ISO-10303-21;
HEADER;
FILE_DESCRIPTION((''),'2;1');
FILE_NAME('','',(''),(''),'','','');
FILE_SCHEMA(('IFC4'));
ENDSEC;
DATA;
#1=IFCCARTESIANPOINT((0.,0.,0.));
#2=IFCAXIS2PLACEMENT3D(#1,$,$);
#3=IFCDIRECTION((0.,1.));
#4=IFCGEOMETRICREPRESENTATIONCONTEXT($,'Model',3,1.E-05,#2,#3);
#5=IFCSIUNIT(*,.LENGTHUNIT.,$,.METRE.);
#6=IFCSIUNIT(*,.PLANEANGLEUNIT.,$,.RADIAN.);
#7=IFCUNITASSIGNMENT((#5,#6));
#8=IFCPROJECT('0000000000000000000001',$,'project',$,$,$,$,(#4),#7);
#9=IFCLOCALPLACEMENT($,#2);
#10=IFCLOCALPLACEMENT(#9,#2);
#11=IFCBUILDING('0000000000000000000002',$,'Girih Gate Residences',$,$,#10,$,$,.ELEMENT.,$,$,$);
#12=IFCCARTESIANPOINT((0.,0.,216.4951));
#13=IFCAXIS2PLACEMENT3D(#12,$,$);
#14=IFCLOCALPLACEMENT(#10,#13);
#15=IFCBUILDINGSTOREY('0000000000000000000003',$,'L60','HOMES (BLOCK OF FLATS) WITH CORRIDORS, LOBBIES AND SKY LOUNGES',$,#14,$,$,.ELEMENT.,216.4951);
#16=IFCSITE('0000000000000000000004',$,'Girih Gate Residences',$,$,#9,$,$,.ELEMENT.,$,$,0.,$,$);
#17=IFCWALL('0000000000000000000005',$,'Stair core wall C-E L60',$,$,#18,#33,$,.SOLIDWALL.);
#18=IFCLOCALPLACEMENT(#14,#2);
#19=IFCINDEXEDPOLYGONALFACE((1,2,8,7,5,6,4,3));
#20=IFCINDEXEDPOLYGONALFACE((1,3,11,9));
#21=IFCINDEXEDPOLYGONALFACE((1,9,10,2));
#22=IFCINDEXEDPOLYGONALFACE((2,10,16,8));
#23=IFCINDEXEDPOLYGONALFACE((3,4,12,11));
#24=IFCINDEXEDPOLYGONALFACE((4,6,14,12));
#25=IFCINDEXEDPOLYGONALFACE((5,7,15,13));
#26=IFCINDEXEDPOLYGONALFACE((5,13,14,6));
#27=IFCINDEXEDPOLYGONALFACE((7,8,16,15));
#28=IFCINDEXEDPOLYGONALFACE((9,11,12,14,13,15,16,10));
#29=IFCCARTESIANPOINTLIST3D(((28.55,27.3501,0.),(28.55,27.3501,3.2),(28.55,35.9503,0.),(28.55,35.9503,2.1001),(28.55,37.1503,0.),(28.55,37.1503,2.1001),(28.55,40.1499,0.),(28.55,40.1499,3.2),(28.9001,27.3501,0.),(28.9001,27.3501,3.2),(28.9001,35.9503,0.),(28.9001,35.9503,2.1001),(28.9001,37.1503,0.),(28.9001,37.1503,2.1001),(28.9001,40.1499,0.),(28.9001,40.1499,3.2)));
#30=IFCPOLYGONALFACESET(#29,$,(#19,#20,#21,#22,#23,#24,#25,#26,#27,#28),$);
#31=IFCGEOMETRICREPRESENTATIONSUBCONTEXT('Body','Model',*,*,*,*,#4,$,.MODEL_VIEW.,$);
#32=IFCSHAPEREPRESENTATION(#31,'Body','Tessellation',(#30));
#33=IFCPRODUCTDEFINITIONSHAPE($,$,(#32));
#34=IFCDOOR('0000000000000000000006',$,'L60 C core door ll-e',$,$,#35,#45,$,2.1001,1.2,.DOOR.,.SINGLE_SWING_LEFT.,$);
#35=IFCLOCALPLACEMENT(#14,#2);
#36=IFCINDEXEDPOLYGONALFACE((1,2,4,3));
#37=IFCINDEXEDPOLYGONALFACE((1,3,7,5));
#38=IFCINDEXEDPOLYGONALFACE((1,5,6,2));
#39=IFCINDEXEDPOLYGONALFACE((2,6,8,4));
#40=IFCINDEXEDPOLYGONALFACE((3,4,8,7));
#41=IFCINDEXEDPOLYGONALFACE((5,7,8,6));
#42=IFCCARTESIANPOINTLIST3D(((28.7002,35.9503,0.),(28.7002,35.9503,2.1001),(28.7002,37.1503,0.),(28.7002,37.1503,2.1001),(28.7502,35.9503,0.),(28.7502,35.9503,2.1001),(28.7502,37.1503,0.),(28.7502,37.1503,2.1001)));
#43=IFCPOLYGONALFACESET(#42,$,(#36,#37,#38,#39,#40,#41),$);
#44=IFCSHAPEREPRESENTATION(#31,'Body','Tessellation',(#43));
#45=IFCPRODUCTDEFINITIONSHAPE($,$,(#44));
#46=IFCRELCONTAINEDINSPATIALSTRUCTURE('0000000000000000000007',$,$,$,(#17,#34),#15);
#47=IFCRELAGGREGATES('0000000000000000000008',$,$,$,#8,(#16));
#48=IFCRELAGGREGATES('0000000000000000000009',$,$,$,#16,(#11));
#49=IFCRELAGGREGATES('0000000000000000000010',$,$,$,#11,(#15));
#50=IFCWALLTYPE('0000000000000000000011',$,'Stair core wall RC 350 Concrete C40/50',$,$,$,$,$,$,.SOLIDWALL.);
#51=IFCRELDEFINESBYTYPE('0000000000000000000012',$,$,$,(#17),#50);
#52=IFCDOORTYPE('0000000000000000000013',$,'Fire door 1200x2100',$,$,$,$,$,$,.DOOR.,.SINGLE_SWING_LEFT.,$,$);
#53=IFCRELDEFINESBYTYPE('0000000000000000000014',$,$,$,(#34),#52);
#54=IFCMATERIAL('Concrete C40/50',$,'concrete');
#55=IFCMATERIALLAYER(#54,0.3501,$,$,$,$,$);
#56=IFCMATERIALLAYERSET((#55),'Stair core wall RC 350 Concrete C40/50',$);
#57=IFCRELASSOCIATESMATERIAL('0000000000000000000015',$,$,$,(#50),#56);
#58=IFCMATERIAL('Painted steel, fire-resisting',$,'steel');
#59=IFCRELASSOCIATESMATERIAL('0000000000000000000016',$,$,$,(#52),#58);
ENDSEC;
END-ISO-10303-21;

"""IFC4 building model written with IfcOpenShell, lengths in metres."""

from ifc_helpers import new_model, si_unit, direction, frame, frame_2d, origin, place, context, subcontext, project, spatial, rectangle, extrude, material, layer, layer_set, type_object, element, fill, save


model = new_model("IFC4")

# Units and contexts
model_context = context("Model", 3, precision=1e-05, world=origin(), true_north=direction((0.0, 1.0)))
body_context = subcontext(model_context, "Body", "Model", "MODEL_VIEW")
ifc_project = project(units=[si_unit("LENGTHUNIT", "METRE"), si_unit("PLANEANGLEUNIT", "RADIAN")], contexts=[model_context])

# Site, building, storey
site_placement = place(None, origin())
site = spatial("IfcSite", under=ifc_project, at=site_placement, Name="Girih Gate Residences", CompositionType="ELEMENT", RefElevation=0.0)
building_placement = place(site_placement, origin())
building = spatial("IfcBuilding", under=site, at=building_placement, Name="Girih Gate Residences", CompositionType="ELEMENT")
storey_placement = place(building_placement, frame((0.0, 0.0, 216.4951)))
storey = spatial("IfcBuildingStorey", under=building, at=storey_placement, Name="L60", Description="HOMES (BLOCK OF FLATS) WITH CORRIDORS, LOBBIES AND SKY LOUNGES", CompositionType="ELEMENT", Elevation=216.4951)

# Wall, opening, door
ifc_material_1 = material(Name="Concrete C40/50", Category="concrete")
ifc_layer_1 = layer(ifc_material_1, 0.3501)
ifc_layer_set_1 = layer_set([ifc_layer_1], Name="Stair core wall RC 350 Concrete C40/50")
wall_type_1 = type_object("IfcWallType", Name="Stair core wall RC 350 Concrete C40/50", PredefinedType="SOLIDWALL", material=ifc_layer_set_1)
ifc_material_2 = material(Name="Painted steel, fire-resisting", Category="steel")
door_type_1 = type_object("IfcDoorType", Name="Fire door 1200x2100", OperationType="SINGLE_SWING_LEFT", PredefinedType="DOOR", material=ifc_material_2)
wall_1_placement = place(storey_placement, frame((28.7251, 27.3501, 0.0), z_axis=(0.0, 0.0, 1.0), x_axis=(0.0, 1.0, 0.0)))
wall_1 = element("IfcWall", 1, at=wall_1_placement, inside=storey, type_object=wall_type_1, Name="Stair core wall C-E L60", PredefinedType="SOLIDWALL", context=body_context, shape_type="SweptSolid", body=[
    extrude(rectangle(XDim=12.7998, YDim=0.3501, at=frame_2d((6.3999, 0.0))), origin(), (0.0, 0.0, 1.0), 3.2),
])
opening_1_placement = place(wall_1_placement, frame((8.6001, 0.0, 0.0)))
opening_1 = element("IfcOpeningElement", 2, at=opening_1_placement, cuts=wall_1, PredefinedType="OPENING", context=body_context, shape_type="SweptSolid", body=[
    extrude(rectangle(XDim=1.2, YDim=2.1001, at=frame_2d((0.6001, 1.05))), frame((0.0, 0.1851, 0.0), z_axis=(0.0, -1.0, 0.0), x_axis=(1.0, 0.0, 0.0)), (0.0, 0.0, 1.0), 0.3701),
])
door_1_placement = place(opening_1_placement, origin())
door_1 = element("IfcDoor", 3, at=door_1_placement, inside=storey, type_object=door_type_1, Name="L60 C core door ll-e", OperationType="SINGLE_SWING_LEFT", OverallHeight=2.1001, OverallWidth=1.2, PredefinedType="DOOR", context=body_context, shape_type="SweptSolid", body=[
    extrude(rectangle(XDim=1.2, YDim=2.1001, at=frame_2d((0.6001, 1.05))), frame((0.0, 0.0249, 0.0), z_axis=(0.0, -1.0, 0.0), x_axis=(1.0, 0.0, 0.0)), (0.0, 0.0, 1.0), 0.05),
])
fill(opening_1, door_1)

save(model, "model.ifc")
